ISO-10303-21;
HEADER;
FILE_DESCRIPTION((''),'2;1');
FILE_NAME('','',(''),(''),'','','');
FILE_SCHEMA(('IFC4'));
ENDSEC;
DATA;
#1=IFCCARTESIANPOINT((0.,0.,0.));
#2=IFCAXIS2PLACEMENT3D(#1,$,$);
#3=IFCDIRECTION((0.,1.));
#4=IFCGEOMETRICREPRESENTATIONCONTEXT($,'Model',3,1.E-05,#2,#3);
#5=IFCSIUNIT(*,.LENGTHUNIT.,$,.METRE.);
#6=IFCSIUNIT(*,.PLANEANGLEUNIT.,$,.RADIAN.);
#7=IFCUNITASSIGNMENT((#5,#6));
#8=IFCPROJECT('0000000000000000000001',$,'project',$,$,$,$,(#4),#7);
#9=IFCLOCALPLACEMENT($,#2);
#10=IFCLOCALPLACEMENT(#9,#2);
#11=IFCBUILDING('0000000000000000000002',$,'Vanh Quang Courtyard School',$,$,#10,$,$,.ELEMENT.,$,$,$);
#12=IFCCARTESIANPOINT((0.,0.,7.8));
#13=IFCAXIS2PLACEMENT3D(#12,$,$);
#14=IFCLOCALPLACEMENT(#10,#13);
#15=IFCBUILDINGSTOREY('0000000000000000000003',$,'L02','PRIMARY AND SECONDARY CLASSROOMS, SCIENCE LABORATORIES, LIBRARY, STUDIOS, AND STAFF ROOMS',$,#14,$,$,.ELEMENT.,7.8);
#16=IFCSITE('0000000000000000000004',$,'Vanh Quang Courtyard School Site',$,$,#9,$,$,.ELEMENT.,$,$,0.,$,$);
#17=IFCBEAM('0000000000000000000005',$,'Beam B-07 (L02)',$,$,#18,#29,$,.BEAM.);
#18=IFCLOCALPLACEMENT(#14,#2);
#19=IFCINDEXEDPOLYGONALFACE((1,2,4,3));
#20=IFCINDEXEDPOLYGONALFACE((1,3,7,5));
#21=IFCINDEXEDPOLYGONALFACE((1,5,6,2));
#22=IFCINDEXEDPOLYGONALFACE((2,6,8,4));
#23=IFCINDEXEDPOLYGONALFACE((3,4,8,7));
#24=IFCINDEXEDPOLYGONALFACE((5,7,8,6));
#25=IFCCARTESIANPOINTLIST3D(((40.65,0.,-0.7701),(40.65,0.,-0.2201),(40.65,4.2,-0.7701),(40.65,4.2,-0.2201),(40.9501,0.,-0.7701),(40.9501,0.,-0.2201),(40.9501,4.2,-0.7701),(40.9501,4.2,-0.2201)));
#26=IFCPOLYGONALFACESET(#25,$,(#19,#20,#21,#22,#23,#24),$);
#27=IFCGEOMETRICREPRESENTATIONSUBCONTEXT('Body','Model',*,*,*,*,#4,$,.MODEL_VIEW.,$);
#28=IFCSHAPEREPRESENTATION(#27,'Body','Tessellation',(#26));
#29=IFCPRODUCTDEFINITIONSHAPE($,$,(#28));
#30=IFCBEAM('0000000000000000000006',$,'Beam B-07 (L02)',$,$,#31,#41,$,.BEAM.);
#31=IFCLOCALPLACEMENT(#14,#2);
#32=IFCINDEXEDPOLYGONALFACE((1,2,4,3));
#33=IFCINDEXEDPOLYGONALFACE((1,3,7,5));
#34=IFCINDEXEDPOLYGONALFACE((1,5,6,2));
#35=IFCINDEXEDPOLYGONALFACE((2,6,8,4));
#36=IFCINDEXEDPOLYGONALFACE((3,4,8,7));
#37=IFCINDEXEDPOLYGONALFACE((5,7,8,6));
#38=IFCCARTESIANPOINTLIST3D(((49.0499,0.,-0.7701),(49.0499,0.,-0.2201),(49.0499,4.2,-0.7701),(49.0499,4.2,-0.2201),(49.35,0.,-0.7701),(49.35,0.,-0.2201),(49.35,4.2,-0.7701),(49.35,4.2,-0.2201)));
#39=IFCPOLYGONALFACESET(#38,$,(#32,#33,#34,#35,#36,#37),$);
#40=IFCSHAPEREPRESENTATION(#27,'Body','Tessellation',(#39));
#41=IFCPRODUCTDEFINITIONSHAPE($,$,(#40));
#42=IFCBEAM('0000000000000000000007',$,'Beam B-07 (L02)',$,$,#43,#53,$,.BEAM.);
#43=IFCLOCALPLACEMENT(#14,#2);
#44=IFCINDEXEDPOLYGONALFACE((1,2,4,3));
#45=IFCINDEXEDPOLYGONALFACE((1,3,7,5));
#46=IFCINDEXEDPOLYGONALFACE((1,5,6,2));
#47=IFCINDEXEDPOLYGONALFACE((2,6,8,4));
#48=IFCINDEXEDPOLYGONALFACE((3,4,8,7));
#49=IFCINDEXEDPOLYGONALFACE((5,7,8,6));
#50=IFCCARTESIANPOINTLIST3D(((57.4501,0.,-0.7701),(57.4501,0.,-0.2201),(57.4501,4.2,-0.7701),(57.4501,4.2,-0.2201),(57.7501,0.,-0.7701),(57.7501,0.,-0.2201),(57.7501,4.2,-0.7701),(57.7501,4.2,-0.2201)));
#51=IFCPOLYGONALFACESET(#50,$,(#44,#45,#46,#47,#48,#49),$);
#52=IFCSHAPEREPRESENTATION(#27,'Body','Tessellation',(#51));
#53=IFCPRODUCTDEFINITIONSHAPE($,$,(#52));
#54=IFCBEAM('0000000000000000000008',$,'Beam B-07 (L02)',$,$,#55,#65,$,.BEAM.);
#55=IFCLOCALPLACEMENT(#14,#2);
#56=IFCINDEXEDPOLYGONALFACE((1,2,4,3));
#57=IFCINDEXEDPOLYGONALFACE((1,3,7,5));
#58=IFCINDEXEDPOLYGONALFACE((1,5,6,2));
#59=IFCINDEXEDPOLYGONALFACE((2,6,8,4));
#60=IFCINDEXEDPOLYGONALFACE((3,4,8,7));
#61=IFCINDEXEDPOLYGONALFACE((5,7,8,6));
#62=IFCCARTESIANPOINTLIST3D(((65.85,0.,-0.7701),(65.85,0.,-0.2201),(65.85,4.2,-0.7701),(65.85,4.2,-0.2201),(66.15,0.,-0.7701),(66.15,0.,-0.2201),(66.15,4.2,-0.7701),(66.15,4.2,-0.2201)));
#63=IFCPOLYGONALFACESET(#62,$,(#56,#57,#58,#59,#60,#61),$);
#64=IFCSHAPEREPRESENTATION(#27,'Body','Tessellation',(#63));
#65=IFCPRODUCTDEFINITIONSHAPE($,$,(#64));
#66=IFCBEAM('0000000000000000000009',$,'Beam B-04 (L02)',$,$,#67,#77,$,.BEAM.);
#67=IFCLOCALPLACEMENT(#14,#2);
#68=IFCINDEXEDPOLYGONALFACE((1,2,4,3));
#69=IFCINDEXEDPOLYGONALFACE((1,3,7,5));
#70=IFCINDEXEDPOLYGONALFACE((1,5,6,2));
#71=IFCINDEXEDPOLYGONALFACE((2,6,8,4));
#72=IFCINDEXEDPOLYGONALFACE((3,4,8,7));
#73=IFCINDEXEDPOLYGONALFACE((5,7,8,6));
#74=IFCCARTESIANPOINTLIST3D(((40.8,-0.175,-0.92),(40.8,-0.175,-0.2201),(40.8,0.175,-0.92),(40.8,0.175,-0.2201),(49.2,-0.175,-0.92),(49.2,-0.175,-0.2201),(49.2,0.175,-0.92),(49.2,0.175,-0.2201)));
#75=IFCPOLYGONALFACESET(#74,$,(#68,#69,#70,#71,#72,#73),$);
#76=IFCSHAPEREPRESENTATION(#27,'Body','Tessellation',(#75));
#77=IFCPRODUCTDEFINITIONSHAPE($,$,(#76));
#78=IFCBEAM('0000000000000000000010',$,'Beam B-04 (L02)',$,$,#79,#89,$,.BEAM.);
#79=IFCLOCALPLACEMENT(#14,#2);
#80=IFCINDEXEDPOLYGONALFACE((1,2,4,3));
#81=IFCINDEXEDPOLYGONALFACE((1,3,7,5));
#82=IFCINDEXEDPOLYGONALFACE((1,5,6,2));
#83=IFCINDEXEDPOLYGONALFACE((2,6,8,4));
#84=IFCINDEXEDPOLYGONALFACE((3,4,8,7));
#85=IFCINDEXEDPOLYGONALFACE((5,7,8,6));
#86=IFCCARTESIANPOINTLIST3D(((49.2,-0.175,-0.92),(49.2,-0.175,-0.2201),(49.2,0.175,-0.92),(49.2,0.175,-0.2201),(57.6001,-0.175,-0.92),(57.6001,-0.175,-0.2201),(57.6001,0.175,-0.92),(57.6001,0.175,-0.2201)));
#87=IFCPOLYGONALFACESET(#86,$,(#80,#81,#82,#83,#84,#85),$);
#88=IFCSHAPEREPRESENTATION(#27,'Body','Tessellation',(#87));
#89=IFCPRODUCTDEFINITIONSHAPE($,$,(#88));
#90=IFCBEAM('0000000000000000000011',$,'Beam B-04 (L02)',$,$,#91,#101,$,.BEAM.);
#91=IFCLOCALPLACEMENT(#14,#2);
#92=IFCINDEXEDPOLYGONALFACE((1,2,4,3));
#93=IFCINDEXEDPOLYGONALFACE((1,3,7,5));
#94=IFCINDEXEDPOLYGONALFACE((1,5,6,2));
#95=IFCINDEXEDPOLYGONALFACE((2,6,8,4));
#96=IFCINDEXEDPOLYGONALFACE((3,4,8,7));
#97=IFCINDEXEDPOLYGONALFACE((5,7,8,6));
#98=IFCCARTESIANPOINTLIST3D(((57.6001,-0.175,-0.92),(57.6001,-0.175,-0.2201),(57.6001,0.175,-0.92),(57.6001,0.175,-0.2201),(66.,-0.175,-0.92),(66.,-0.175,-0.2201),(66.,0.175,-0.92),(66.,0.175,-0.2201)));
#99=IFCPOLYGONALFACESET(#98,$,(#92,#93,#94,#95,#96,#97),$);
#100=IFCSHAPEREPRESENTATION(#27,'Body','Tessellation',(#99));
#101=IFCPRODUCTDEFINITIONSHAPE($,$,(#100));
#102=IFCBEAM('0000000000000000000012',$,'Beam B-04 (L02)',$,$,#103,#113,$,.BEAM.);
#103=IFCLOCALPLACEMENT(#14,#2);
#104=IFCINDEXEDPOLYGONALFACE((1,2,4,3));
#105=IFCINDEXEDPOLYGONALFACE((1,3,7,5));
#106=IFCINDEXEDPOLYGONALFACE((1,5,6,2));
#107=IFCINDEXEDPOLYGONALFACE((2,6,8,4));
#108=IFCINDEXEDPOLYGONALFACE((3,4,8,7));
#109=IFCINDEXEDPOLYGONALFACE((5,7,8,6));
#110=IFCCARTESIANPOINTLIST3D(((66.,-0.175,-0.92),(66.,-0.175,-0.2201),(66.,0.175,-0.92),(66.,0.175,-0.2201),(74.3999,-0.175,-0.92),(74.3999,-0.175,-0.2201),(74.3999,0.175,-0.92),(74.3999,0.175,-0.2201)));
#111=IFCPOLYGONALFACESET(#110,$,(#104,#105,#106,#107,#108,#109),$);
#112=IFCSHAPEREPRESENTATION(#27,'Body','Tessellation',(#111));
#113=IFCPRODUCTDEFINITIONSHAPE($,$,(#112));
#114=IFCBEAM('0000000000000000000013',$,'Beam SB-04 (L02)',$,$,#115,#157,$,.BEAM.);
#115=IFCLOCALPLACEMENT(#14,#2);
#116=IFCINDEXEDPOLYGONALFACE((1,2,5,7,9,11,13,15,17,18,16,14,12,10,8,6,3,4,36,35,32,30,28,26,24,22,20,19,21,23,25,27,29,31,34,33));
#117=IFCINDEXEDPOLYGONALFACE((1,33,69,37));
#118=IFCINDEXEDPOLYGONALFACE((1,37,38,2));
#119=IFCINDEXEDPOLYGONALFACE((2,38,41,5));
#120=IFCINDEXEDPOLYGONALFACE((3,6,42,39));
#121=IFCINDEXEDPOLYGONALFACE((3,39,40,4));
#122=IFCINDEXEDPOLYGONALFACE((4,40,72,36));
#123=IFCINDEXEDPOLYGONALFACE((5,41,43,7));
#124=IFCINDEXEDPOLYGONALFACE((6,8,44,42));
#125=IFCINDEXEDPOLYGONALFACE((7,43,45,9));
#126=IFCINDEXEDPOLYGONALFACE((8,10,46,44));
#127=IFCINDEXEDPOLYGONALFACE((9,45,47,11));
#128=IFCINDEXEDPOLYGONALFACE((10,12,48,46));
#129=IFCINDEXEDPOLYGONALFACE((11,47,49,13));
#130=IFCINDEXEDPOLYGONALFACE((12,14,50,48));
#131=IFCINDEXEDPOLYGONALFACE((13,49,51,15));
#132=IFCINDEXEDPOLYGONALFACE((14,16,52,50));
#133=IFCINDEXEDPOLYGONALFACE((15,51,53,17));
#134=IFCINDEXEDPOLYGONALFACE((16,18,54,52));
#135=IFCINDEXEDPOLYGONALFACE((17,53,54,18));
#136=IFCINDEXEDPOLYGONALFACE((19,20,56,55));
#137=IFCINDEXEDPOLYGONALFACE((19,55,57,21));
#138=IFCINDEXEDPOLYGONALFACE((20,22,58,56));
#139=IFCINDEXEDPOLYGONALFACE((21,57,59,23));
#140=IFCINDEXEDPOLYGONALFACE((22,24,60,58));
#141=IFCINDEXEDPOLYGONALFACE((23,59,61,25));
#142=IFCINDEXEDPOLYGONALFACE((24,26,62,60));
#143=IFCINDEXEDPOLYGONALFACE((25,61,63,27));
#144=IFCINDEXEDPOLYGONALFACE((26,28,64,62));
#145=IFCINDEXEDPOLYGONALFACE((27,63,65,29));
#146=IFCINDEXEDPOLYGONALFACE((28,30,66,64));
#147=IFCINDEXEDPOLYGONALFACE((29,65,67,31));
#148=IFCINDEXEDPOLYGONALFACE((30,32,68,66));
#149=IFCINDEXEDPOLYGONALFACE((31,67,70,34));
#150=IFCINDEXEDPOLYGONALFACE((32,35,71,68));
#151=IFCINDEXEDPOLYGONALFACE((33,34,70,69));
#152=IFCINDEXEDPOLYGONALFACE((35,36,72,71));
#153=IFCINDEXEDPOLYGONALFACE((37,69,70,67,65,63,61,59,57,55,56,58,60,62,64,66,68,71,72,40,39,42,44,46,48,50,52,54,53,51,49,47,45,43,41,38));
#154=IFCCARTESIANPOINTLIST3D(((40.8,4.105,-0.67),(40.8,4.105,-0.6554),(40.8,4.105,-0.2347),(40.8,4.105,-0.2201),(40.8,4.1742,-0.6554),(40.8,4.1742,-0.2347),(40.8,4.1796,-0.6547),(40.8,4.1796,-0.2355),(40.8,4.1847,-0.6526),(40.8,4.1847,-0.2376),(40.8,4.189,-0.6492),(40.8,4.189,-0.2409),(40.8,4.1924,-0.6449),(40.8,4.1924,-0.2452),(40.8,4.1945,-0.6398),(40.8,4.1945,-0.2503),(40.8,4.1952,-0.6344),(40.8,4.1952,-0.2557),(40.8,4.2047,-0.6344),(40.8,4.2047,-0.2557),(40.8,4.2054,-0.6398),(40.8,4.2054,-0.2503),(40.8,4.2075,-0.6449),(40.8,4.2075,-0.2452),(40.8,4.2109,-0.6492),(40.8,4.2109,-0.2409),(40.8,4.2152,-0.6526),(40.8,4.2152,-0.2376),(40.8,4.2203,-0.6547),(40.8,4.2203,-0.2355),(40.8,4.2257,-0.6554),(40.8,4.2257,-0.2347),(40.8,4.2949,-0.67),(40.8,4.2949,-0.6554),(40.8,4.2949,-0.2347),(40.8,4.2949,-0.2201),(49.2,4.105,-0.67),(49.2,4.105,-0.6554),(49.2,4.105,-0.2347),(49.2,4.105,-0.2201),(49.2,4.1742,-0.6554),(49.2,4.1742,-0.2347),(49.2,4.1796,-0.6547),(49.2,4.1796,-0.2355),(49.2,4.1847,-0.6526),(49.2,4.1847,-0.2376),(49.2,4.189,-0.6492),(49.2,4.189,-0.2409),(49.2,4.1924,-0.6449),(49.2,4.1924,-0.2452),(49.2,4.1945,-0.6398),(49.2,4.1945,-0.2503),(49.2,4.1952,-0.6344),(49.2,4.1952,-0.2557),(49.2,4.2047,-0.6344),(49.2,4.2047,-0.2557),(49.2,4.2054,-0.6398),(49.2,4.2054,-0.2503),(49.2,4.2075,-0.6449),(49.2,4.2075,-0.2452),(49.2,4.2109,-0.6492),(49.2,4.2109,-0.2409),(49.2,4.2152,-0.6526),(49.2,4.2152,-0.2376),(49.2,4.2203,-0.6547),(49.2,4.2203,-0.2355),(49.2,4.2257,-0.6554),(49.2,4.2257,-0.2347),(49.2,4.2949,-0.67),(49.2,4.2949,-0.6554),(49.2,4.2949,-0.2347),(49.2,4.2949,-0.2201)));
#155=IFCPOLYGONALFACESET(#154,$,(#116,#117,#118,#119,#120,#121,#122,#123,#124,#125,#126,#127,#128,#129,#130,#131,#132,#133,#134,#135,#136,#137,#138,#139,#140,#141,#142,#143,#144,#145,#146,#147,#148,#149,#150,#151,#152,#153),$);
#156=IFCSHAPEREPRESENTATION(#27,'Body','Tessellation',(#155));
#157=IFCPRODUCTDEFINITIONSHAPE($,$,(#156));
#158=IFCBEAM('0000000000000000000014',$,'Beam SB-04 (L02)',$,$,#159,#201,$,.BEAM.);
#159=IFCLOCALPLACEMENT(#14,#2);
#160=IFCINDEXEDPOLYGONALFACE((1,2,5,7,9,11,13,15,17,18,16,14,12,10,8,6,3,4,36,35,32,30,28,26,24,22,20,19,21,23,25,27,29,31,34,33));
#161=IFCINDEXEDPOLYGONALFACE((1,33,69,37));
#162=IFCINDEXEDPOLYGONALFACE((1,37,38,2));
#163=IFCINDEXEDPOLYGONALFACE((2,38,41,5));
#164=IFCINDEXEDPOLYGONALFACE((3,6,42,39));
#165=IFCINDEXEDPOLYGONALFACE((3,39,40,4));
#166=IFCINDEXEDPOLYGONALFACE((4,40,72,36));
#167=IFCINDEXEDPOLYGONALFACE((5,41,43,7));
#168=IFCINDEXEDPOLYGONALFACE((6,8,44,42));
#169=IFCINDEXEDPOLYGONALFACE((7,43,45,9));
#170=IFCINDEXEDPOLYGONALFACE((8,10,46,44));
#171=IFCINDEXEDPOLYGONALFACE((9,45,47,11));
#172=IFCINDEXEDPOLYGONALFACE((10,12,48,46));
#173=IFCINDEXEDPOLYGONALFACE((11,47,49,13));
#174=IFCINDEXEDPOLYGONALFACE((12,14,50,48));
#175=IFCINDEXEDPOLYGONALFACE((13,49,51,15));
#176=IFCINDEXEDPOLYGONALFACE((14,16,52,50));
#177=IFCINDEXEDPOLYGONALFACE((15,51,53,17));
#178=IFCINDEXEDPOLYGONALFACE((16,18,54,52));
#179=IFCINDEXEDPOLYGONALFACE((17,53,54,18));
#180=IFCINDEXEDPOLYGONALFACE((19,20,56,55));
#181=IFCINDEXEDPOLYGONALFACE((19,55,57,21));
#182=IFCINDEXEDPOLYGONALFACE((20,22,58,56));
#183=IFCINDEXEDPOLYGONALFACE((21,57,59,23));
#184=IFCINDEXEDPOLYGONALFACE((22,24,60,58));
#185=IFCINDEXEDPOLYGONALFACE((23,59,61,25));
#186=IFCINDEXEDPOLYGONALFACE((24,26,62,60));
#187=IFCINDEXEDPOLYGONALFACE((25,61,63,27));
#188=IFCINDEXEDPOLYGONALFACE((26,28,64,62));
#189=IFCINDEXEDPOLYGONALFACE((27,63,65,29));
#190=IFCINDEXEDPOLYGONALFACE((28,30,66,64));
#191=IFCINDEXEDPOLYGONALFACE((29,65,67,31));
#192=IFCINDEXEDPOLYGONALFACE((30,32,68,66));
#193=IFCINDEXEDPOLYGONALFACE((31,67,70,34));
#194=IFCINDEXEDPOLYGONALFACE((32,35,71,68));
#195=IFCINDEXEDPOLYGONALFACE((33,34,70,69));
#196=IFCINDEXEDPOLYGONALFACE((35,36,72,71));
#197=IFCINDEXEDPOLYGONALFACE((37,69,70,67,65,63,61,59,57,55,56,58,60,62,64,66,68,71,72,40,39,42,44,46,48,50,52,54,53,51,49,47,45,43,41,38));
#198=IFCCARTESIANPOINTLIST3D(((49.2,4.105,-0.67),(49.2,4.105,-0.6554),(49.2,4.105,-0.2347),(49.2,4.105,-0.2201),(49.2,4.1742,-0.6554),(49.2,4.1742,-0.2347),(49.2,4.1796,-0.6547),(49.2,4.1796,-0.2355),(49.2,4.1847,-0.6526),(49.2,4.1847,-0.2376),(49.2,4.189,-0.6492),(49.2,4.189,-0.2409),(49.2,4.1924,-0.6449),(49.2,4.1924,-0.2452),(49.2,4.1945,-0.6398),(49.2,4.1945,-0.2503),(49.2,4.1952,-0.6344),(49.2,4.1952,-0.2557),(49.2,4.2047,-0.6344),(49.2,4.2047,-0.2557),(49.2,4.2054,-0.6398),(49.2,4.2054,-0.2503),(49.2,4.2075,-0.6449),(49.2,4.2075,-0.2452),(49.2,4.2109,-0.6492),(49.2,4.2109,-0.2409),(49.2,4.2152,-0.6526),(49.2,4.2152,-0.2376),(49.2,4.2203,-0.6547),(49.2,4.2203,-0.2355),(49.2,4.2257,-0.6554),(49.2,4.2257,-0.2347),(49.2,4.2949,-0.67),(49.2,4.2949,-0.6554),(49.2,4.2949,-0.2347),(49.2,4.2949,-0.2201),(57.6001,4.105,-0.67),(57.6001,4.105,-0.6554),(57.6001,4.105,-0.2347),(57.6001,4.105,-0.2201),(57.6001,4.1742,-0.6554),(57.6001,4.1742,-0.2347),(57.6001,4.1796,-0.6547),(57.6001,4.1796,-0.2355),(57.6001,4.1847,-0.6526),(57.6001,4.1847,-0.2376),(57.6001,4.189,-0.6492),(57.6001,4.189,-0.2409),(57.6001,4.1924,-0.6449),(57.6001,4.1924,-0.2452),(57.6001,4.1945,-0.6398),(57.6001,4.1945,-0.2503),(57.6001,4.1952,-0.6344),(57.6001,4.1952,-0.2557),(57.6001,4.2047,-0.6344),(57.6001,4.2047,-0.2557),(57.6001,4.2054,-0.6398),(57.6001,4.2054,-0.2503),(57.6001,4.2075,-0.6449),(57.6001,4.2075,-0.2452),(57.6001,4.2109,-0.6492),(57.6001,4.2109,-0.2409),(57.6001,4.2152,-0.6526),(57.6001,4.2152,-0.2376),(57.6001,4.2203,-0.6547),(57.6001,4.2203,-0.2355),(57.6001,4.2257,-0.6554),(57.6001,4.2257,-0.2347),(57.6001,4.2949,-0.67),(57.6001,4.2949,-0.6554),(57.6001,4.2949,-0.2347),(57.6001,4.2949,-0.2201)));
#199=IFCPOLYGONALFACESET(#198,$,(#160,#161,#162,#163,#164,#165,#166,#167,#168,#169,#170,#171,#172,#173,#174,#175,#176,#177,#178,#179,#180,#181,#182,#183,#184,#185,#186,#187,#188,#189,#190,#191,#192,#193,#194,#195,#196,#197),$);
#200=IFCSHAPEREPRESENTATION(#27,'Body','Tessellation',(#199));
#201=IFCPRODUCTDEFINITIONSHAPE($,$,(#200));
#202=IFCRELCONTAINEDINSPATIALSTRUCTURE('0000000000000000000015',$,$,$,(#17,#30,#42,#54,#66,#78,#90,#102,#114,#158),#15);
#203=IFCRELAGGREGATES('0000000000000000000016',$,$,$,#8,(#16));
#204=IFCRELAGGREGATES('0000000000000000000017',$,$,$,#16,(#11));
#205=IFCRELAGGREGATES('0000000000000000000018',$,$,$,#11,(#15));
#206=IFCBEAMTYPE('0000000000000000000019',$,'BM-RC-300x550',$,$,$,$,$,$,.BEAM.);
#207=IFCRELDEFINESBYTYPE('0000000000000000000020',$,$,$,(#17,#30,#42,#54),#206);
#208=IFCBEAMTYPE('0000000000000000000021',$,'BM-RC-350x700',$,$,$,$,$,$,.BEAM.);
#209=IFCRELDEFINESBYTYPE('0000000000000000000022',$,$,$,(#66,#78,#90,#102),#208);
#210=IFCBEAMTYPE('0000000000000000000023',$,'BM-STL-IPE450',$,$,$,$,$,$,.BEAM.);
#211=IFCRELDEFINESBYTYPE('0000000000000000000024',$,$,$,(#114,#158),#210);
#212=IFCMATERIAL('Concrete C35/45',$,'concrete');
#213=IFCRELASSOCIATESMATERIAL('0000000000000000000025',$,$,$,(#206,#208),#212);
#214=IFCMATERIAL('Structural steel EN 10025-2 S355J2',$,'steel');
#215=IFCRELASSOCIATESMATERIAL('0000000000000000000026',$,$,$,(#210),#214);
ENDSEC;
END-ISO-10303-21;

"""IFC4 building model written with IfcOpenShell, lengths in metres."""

from ifc_helpers import new_model, si_unit, direction, frame, origin, origin_2d, place, context, subcontext, project, spatial, rectangle, i_section, extrude, material, material_profile, profile_set, type_object, element, save


model = new_model("IFC4")

# Units and contexts
model_context = context("Model", 3, precision=1e-05, world=origin(), true_north=direction((0.0, 1.0)))
body_context = subcontext(model_context, "Body", "Model", "MODEL_VIEW")
ifc_project = project(units=[si_unit("LENGTHUNIT", "METRE"), si_unit("PLANEANGLEUNIT", "RADIAN")], contexts=[model_context])

# Site, building, storey
site_placement = place(None, origin())
site = spatial("IfcSite", under=ifc_project, at=site_placement, Name="Vanh Quang Courtyard School Site", CompositionType="ELEMENT", RefElevation=0.0)
building_placement = place(site_placement, origin())
building = spatial("IfcBuilding", under=site, at=building_placement, Name="Vanh Quang Courtyard School", CompositionType="ELEMENT")
storey_placement = place(building_placement, frame((0.0, 0.0, 7.8)))
storey = spatial("IfcBuildingStorey", under=building, at=storey_placement, Name="L02", Description="PRIMARY AND SECONDARY CLASSROOMS, SCIENCE LABORATORIES, LIBRARY, STUDIOS, AND STAFF ROOMS", CompositionType="ELEMENT", Elevation=7.8)

# Beams
ifc_material_1 = material(Name="Concrete C35/45", Category="concrete")
ifc_material_profile_1 = material_profile(ifc_material_1, rectangle(XDim=0.3, YDim=0.55, at=origin_2d()), Name="RC-BM 300x550")
ifc_profile_set_1 = profile_set([ifc_material_profile_1], Name="Concrete C35/45")
beam_type_1 = type_object("IfcBeamType", Name="BM-RC-300x550", PredefinedType="BEAM", material=ifc_profile_set_1)
for number, where, z_axis, x_axis, name in (
    (1, (40.8, 0.0, -0.4951), (0.0, 1.0, 0.0), (-1.0, 0.0, 0.0), "Beam B-07 (L02)"),
    (2, (49.2, 0.0, -0.4951), (0.0, 1.0, 0.0), (-1.0, 0.0, 0.0), "Beam B-07 (L02)"),
    (3, (57.6001, 0.0, -0.4951), (0.0, 1.0, 0.0), (-1.0, 0.0, 0.0), "Beam B-07 (L02)"),
    (4, (66.0, 0.0, -0.4951), (0.0, 1.0, 0.0), (-1.0, 0.0, 0.0), "Beam B-07 (L02)"),
):
    element("IfcBeam", number, at=place(storey_placement, frame(where, z_axis=z_axis, x_axis=x_axis)), inside=storey, type_object=beam_type_1, Name=name, PredefinedType="BEAM", context=body_context, shape_type="SweptSolid", body=[
        extrude(rectangle(XDim=0.3, YDim=0.55, at=origin_2d()), origin(), (0.0, 0.0, 1.0), 4.2),
    ])
ifc_material_profile_2 = material_profile(ifc_material_1, rectangle(XDim=0.3501, YDim=0.7, at=origin_2d()), Name="RC-BM 350x700")
ifc_profile_set_2 = profile_set([ifc_material_profile_2], Name="Concrete C35/45")
beam_type_2 = type_object("IfcBeamType", Name="BM-RC-350x700", PredefinedType="BEAM", material=ifc_profile_set_2)
beam_1_placement = place(storey_placement, frame((40.8, 0.0, -0.5701), z_axis=(1.0, 0.0, 0.0), x_axis=(0.0, 1.0, 0.0)))
element("IfcBeam", 5, at=beam_1_placement, inside=storey, type_object=beam_type_2, Name="Beam B-04 (L02)", PredefinedType="BEAM", context=body_context, shape_type="SweptSolid", body=[
    extrude(rectangle(XDim=0.3501, YDim=0.7, at=origin_2d()), origin(), (0.0, 0.0, 1.0), 8.3999),
])
beam_2_placement = place(storey_placement, frame((49.2, 0.0, -0.5701), z_axis=(1.0, 0.0, 0.0), x_axis=(0.0, 1.0, 0.0)))
element("IfcBeam", 6, at=beam_2_placement, inside=storey, type_object=beam_type_2, Name="Beam B-04 (L02)", PredefinedType="BEAM", context=body_context, shape_type="SweptSolid", body=[
    extrude(rectangle(XDim=0.3501, YDim=0.7, at=origin_2d()), origin(), (0.0, 0.0, 1.0), 8.4001),
])
for number, where, z_axis, x_axis, name in (
    (7, (57.6001, 0.0, -0.5701), (1.0, 0.0, 0.0), (0.0, 1.0, 0.0), "Beam B-04 (L02)"),
    (8, (66.0, 0.0, -0.5701), (1.0, 0.0, 0.0), (0.0, 1.0, 0.0), "Beam B-04 (L02)"),
):
    element("IfcBeam", number, at=place(storey_placement, frame(where, z_axis=z_axis, x_axis=x_axis)), inside=storey, type_object=beam_type_2, Name=name, PredefinedType="BEAM", context=body_context, shape_type="SweptSolid", body=[
        extrude(rectangle(XDim=0.3501, YDim=0.7, at=origin_2d()), origin(), (0.0, 0.0, 1.0), 8.3999),
    ])
ifc_material_2 = material(Name="Structural steel EN 10025-2 S355J2", Category="steel")
ifc_material_profile_3 = material_profile(ifc_material_2, i_section(OverallWidth=0.1899, OverallDepth=0.45, WebThickness=0.0095, FlangeThickness=0.0146, FilletRadius=0.021, at=origin_2d()), Name="IPE 450")
ifc_profile_set_3 = profile_set([ifc_material_profile_3], Name="Structural steel EN 10025-2 S355J2")
beam_type_3 = type_object("IfcBeamType", Name="BM-STL-IPE450", PredefinedType="BEAM", material=ifc_profile_set_3)
beam_3_placement = place(storey_placement, frame((40.8, 4.2, -0.4451), z_axis=(1.0, 0.0, 0.0), x_axis=(0.0, 1.0, 0.0)))
element("IfcBeam", 9, at=beam_3_placement, inside=storey, type_object=beam_type_3, Name="Beam SB-04 (L02)", PredefinedType="BEAM", context=body_context, shape_type="SweptSolid", body=[
    extrude(i_section(OverallWidth=0.1899, OverallDepth=0.45, WebThickness=0.0095, FlangeThickness=0.0146, FilletRadius=0.021, at=origin_2d()), origin(), (0.0, 0.0, 1.0), 8.3999),
])
beam_4_placement = place(storey_placement, frame((49.2, 4.2, -0.4451), z_axis=(1.0, 0.0, 0.0), x_axis=(0.0, 1.0, 0.0)))
element("IfcBeam", 10, at=beam_4_placement, inside=storey, type_object=beam_type_3, Name="Beam SB-04 (L02)", PredefinedType="BEAM", context=body_context, shape_type="SweptSolid", body=[
    extrude(i_section(OverallWidth=0.1899, OverallDepth=0.45, WebThickness=0.0095, FlangeThickness=0.0146, FilletRadius=0.021, at=origin_2d()), origin(), (0.0, 0.0, 1.0), 8.4001),
])

save(model, "model.ifc")
